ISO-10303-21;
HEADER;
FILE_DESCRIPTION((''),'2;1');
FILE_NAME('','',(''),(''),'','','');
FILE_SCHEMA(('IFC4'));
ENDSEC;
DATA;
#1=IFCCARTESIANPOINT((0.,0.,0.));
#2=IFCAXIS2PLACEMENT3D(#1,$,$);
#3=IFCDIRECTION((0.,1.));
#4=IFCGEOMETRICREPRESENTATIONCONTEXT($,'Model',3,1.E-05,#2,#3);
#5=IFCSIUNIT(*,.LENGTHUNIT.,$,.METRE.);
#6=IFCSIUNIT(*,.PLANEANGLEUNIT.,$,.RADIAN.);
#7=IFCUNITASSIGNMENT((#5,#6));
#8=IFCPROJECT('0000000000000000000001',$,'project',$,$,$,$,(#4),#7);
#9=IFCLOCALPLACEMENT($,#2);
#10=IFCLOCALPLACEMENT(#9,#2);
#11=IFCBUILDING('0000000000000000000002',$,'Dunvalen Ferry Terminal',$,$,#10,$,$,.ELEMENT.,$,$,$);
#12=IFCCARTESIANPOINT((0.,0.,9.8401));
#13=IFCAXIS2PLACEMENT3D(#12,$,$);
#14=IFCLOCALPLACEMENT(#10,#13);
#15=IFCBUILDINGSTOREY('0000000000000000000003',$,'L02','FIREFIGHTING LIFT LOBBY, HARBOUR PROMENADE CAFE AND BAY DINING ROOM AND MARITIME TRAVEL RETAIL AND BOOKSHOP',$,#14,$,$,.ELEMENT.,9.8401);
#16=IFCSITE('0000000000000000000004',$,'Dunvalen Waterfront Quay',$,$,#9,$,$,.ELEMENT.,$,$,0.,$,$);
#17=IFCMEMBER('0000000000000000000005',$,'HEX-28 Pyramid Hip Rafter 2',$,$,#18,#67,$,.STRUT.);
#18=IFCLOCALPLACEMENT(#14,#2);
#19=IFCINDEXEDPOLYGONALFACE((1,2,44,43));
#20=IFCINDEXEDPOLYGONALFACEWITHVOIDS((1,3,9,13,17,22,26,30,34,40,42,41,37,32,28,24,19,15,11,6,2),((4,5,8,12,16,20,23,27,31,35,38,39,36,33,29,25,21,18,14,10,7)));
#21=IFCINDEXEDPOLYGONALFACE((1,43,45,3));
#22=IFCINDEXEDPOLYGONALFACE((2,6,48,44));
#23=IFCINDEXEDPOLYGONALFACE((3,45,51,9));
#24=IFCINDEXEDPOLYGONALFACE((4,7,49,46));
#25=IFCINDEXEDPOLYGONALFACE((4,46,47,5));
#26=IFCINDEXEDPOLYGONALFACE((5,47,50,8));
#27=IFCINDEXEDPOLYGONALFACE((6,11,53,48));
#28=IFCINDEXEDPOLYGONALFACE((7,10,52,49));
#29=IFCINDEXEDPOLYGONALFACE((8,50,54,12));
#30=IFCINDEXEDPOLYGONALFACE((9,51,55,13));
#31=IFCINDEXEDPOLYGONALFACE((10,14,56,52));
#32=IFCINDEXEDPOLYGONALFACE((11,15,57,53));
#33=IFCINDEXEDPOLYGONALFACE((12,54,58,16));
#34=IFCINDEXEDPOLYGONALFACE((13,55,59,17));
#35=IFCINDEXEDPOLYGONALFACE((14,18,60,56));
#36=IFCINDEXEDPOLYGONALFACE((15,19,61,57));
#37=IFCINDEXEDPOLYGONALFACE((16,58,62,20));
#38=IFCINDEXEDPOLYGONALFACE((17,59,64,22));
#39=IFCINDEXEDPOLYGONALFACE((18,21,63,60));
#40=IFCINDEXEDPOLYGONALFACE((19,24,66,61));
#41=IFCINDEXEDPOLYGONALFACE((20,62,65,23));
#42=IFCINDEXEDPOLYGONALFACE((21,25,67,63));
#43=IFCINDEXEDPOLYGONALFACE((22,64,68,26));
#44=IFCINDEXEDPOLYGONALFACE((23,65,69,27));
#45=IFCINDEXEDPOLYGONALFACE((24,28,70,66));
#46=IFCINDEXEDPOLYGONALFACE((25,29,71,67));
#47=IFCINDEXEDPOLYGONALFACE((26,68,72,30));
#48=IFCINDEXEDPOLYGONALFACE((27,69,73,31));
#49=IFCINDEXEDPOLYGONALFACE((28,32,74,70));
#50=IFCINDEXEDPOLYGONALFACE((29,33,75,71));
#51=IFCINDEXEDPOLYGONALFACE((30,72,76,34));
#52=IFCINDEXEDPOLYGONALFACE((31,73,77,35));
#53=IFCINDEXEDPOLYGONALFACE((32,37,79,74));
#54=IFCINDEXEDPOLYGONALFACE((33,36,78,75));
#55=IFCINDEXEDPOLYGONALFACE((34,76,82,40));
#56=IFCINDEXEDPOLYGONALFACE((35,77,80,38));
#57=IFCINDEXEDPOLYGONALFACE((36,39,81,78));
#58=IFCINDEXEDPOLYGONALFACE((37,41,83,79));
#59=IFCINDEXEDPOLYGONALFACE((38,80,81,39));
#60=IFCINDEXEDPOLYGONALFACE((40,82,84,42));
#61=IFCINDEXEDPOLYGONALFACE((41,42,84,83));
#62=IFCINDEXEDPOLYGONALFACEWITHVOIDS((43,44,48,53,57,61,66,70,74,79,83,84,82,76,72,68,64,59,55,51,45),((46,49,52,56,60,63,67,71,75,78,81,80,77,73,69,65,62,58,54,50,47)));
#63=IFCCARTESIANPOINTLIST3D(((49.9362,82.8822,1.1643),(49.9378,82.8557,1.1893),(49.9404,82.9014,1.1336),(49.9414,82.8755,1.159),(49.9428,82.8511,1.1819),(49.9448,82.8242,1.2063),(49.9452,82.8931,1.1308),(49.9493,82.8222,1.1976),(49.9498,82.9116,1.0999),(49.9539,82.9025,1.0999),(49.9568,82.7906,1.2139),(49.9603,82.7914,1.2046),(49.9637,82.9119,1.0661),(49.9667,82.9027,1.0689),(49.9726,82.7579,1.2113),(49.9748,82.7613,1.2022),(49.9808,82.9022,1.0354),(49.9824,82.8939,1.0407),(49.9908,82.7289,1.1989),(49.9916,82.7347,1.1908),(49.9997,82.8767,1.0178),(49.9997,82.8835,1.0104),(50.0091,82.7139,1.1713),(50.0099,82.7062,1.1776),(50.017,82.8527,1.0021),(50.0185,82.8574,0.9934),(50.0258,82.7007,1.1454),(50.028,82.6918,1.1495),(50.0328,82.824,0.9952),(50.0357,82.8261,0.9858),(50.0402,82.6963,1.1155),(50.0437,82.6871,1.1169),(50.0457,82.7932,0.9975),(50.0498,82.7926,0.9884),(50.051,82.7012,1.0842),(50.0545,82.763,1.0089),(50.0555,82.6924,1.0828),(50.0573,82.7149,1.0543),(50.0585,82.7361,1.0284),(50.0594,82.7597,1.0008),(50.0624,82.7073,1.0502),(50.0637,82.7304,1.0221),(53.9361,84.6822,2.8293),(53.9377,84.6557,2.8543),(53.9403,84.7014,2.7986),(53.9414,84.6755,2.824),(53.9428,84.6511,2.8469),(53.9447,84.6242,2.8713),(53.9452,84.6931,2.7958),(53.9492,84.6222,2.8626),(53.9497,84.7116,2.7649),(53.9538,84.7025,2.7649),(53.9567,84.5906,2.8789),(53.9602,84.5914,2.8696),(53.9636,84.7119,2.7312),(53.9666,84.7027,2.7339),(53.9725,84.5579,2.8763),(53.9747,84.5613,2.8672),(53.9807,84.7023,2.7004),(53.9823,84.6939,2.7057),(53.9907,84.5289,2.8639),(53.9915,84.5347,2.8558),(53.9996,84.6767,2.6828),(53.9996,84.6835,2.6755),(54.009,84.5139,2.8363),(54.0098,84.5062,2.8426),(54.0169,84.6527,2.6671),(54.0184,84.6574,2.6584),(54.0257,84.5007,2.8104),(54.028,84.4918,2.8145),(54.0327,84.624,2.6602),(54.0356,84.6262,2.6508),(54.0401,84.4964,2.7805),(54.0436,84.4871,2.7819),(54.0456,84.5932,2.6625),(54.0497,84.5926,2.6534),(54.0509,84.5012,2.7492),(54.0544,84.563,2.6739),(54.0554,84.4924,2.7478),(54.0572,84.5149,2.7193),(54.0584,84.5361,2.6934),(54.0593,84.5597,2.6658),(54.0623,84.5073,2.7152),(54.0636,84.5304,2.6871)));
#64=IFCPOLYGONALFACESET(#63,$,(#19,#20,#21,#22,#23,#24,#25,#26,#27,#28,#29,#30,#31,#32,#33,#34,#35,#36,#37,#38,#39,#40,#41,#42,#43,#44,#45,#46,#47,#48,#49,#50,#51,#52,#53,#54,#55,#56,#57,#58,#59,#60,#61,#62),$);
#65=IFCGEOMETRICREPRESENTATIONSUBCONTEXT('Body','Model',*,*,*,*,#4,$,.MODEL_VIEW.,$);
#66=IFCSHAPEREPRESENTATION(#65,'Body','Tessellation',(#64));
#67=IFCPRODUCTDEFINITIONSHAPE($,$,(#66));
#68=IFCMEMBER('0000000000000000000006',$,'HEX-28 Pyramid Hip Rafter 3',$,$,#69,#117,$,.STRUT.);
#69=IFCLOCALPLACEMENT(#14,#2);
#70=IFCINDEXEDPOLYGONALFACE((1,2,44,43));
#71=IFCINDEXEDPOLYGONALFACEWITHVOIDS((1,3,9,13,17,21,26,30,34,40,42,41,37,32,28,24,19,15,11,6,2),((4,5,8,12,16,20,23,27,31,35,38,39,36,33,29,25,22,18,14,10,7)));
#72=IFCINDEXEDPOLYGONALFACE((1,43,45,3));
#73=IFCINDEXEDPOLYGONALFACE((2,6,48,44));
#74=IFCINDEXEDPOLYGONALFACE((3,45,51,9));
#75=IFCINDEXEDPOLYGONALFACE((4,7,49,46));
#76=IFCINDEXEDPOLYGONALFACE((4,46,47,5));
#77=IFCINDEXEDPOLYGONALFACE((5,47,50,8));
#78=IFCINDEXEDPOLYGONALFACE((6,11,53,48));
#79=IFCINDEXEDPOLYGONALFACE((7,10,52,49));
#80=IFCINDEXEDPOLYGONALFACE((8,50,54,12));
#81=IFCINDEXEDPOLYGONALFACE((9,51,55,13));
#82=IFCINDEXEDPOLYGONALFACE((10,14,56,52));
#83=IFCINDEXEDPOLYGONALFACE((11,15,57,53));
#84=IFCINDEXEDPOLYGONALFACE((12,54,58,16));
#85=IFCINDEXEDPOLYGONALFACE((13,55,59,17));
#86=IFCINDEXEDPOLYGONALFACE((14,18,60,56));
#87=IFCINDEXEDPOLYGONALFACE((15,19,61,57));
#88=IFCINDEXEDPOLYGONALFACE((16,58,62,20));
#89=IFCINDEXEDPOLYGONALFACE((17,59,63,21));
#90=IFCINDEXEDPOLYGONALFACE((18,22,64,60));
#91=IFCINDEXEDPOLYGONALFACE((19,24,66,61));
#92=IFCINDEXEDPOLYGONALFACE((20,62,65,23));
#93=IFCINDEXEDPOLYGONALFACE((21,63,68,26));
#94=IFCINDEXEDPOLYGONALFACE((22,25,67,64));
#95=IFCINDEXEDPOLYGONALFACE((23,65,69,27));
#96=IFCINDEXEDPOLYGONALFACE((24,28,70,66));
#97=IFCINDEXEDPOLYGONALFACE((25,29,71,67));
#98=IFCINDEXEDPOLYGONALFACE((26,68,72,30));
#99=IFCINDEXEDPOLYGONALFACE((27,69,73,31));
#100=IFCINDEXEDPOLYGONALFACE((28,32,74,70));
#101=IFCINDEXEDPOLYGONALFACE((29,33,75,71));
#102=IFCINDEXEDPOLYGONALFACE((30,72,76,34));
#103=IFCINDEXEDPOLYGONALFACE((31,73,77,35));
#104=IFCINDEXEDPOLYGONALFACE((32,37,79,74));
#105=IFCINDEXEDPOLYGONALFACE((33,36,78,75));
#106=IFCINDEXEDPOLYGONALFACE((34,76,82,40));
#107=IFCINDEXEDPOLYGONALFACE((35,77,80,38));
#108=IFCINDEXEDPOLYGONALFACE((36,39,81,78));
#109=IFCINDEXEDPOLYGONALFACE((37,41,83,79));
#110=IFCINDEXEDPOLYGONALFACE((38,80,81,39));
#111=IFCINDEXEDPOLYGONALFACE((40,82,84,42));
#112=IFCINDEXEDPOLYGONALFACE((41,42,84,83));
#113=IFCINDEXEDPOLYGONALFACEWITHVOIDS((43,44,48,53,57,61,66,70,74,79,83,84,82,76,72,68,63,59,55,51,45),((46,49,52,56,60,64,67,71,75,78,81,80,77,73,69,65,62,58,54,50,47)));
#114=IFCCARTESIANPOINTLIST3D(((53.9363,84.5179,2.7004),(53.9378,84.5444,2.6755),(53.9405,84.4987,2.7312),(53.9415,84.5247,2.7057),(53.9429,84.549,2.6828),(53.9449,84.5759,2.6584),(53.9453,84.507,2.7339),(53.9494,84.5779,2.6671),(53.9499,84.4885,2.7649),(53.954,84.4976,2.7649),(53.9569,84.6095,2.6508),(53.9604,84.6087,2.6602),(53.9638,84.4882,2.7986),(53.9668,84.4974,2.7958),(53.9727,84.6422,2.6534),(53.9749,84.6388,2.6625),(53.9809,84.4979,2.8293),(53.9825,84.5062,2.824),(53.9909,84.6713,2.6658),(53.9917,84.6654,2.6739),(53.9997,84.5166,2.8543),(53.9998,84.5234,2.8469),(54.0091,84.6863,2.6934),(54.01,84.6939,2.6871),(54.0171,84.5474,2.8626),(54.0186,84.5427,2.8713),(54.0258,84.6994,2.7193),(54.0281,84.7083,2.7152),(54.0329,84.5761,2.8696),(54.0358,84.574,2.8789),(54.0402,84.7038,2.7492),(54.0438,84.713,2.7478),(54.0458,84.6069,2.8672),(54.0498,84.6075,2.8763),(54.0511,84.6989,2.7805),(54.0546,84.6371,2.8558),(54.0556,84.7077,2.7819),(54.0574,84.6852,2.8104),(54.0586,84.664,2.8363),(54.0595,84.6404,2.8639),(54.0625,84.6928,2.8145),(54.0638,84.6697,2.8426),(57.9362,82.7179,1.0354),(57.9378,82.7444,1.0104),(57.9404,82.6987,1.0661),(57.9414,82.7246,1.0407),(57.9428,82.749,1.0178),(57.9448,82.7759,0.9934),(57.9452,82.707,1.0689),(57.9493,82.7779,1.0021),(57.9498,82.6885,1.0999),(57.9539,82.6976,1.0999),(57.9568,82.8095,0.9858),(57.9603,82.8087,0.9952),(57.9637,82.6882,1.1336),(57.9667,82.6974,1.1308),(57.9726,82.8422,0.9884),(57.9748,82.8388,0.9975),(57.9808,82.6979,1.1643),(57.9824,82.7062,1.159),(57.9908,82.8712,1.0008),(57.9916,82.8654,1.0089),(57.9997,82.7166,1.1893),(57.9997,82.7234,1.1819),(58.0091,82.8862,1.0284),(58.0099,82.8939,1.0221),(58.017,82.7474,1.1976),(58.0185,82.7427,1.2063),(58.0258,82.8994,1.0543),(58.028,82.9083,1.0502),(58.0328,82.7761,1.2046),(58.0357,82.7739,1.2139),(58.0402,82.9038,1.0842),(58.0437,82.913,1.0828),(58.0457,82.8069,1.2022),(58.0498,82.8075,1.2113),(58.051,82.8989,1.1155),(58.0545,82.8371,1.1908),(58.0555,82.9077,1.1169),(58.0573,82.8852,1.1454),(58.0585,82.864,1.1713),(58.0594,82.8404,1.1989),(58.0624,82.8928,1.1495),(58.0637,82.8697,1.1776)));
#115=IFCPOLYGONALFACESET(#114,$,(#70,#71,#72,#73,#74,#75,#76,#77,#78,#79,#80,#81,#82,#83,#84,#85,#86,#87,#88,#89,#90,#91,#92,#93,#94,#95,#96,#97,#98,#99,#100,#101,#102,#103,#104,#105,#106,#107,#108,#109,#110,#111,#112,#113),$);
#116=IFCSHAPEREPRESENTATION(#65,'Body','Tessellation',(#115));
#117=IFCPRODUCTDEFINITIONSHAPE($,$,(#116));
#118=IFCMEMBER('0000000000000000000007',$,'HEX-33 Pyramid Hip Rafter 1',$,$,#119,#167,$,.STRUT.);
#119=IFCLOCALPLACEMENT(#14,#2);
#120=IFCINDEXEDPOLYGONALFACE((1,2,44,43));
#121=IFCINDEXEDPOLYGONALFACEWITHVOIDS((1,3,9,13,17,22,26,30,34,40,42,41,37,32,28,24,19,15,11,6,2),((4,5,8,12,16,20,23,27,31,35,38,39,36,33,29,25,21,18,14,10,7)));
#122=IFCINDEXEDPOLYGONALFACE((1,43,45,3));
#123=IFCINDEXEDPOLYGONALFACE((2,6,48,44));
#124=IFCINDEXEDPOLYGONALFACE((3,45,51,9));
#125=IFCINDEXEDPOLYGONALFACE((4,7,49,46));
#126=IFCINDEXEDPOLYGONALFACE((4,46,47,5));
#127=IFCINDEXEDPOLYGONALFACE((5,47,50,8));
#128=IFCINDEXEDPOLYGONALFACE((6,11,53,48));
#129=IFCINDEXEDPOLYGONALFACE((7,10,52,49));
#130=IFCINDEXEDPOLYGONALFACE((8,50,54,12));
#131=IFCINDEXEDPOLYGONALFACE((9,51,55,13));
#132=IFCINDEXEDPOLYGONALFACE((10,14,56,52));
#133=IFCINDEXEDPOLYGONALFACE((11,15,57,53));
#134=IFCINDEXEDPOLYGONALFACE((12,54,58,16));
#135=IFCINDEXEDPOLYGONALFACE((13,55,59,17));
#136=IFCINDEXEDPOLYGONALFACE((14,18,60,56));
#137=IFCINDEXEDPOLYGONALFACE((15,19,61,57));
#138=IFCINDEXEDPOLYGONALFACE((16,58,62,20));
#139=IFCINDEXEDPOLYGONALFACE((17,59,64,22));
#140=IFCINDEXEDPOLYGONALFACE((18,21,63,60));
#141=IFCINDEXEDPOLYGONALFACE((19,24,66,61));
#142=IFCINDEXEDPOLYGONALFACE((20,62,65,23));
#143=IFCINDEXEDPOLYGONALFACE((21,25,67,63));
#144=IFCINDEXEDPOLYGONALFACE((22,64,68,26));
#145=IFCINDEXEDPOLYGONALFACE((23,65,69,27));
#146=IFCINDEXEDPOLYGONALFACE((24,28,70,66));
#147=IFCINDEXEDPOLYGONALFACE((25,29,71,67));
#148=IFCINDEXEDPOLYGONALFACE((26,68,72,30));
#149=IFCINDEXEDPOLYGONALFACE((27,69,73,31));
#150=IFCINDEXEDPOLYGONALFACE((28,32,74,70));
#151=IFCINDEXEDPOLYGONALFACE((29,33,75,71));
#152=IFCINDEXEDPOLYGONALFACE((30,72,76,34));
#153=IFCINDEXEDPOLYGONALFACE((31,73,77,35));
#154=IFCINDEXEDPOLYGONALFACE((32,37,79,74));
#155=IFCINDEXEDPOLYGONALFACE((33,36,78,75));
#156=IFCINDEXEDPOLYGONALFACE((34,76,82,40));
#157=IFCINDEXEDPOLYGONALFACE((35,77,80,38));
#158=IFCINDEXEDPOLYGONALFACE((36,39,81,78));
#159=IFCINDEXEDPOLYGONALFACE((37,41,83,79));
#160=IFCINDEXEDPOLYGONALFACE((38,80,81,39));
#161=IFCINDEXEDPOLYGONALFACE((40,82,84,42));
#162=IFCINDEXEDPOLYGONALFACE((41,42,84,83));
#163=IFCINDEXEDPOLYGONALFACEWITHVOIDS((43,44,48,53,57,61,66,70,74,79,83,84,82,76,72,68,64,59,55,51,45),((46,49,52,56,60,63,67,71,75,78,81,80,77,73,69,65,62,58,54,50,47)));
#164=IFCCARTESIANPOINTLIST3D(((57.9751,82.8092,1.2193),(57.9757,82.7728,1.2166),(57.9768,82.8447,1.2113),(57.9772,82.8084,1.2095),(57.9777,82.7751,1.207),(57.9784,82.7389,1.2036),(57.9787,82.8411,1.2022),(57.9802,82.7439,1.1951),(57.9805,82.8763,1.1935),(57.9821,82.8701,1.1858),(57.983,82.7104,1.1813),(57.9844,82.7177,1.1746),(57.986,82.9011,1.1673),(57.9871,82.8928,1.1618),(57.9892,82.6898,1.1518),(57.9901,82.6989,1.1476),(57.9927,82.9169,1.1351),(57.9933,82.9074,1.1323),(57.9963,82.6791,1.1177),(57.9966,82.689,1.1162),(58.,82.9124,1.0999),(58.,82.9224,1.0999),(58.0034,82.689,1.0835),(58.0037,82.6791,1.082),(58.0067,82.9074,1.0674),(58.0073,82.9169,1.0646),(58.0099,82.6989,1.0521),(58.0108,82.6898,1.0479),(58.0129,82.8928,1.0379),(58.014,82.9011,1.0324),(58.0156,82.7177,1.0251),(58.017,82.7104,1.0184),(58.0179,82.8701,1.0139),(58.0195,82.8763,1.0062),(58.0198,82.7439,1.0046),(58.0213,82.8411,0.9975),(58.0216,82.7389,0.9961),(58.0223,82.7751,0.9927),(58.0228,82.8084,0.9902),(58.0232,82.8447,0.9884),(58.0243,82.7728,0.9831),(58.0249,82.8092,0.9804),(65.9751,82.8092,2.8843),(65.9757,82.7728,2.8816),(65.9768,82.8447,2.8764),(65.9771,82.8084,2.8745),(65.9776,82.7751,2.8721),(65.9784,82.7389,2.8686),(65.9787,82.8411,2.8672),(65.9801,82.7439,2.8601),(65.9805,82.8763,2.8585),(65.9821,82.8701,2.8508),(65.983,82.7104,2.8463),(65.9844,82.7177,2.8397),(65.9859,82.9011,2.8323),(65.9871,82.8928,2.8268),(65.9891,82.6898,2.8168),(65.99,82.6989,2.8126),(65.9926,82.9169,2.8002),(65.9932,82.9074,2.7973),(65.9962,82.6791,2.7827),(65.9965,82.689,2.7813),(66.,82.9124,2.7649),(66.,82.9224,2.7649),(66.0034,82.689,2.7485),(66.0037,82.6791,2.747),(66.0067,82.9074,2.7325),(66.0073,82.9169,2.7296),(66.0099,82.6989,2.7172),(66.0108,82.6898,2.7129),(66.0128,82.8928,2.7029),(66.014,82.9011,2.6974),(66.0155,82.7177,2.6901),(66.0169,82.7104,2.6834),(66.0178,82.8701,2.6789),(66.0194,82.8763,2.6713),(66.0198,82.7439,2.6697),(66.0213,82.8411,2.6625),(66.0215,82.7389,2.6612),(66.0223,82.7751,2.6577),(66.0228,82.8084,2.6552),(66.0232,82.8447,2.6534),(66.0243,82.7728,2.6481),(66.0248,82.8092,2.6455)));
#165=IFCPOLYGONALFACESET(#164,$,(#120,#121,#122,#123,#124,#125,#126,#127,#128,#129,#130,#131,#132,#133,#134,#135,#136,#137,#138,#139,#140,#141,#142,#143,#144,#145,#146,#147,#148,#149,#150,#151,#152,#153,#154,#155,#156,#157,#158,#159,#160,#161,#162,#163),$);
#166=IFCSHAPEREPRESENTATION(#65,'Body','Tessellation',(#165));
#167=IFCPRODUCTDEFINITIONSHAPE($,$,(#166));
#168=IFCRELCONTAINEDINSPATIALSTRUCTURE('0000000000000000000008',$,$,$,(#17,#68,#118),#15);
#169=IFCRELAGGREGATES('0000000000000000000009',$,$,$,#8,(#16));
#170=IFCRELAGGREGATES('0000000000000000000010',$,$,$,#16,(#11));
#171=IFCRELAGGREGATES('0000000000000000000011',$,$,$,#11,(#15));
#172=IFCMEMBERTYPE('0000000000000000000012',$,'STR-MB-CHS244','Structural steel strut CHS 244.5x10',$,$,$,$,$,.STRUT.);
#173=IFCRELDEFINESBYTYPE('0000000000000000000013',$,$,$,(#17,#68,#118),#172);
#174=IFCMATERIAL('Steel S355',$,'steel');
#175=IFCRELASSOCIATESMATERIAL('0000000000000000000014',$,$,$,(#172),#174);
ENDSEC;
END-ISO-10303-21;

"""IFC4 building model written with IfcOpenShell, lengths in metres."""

from ifc_helpers import new_model, si_unit, direction, frame, origin, origin_2d, place, context, subcontext, project, spatial, hollow_circle, extrude, material, material_profile, profile_set, type_object, element, save


model = new_model("IFC4")

# Units and contexts
model_context = context("Model", 3, precision=1e-05, world=origin(), true_north=direction((0.0, 1.0)))
body_context = subcontext(model_context, "Body", "Model", "MODEL_VIEW")
ifc_project = project(units=[si_unit("LENGTHUNIT", "METRE"), si_unit("PLANEANGLEUNIT", "RADIAN")], contexts=[model_context])

# Site, building, storey
site_placement = place(None, origin())
site = spatial("IfcSite", under=ifc_project, at=site_placement, Name="Dunvalen Waterfront Quay", CompositionType="ELEMENT", RefElevation=0.0)
building_placement = place(site_placement, origin())
building = spatial("IfcBuilding", under=site, at=building_placement, Name="Dunvalen Ferry Terminal", CompositionType="ELEMENT")
storey_placement = place(building_placement, frame((0.0, 0.0, 9.8401)))
storey = spatial("IfcBuildingStorey", under=building, at=storey_placement, Name="L02", Description="FIREFIGHTING LIFT LOBBY, HARBOUR PROMENADE CAFE AND BAY DINING ROOM AND MARITIME TRAVEL RETAIL AND BOOKSHOP", CompositionType="ELEMENT", Elevation=9.8401)

# Shared definitions
ifc_material_1 = material(Name="Steel S355", Category="steel")

# Members
ifc_material_profile_1 = material_profile(ifc_material_1, hollow_circle(Radius=0.1223, WallThickness=0.01, at=origin_2d()), Name="Steel S355")
ifc_profile_set_1 = profile_set([ifc_material_profile_1], Name="Steel S355")
member_type_1 = type_object("IfcMemberType", Name="STR-MB-CHS244", Description="Structural steel strut CHS 244.5x10", PredefinedType="STRUT", material=ifc_profile_set_1)
for number, where, z_axis, x_axis, name in (
    (1, (50.0, 82.8, 1.0999), (0.85256, 0.383662, 0.354886), (-0.410374, 0.911917, 0.0), "HEX-28 Pyramid Hip Rafter 2"),
    (2, (58.0, 82.8, 1.0999), (-0.85256, 0.383662, 0.354886), (-0.410374, -0.911917, 0.0), "HEX-28 Pyramid Hip Rafter 3"),
):
    element("IfcMember", number, at=place(storey_placement, frame(where, z_axis=z_axis, x_axis=x_axis)), inside=storey, type_object=member_type_1, Name=name, PredefinedType="STRUT", context=body_context, shape_type="SweptSolid", body=[
        extrude(hollow_circle(Radius=0.1223, WallThickness=0.01, at=origin_2d()), origin(), (0.0, 0.0, 1.0), 4.6917),
    ])
member_1_placement = place(storey_placement, frame((58.0, 82.8, 1.0999), z_axis=(0.97902, 0.0, 0.203763), x_axis=(0.0, 1.0, 0.0)))
element("IfcMember", 3, at=member_1_placement, inside=storey, type_object=member_type_1, Name="HEX-33 Pyramid Hip Rafter 1", PredefinedType="STRUT", context=body_context, shape_type="SweptSolid", body=[
    extrude(hollow_circle(Radius=0.1223, WallThickness=0.01, at=origin_2d()), origin(), (0.0, 0.0, 1.0), 8.1714),
])

save(model, "model.ifc")
